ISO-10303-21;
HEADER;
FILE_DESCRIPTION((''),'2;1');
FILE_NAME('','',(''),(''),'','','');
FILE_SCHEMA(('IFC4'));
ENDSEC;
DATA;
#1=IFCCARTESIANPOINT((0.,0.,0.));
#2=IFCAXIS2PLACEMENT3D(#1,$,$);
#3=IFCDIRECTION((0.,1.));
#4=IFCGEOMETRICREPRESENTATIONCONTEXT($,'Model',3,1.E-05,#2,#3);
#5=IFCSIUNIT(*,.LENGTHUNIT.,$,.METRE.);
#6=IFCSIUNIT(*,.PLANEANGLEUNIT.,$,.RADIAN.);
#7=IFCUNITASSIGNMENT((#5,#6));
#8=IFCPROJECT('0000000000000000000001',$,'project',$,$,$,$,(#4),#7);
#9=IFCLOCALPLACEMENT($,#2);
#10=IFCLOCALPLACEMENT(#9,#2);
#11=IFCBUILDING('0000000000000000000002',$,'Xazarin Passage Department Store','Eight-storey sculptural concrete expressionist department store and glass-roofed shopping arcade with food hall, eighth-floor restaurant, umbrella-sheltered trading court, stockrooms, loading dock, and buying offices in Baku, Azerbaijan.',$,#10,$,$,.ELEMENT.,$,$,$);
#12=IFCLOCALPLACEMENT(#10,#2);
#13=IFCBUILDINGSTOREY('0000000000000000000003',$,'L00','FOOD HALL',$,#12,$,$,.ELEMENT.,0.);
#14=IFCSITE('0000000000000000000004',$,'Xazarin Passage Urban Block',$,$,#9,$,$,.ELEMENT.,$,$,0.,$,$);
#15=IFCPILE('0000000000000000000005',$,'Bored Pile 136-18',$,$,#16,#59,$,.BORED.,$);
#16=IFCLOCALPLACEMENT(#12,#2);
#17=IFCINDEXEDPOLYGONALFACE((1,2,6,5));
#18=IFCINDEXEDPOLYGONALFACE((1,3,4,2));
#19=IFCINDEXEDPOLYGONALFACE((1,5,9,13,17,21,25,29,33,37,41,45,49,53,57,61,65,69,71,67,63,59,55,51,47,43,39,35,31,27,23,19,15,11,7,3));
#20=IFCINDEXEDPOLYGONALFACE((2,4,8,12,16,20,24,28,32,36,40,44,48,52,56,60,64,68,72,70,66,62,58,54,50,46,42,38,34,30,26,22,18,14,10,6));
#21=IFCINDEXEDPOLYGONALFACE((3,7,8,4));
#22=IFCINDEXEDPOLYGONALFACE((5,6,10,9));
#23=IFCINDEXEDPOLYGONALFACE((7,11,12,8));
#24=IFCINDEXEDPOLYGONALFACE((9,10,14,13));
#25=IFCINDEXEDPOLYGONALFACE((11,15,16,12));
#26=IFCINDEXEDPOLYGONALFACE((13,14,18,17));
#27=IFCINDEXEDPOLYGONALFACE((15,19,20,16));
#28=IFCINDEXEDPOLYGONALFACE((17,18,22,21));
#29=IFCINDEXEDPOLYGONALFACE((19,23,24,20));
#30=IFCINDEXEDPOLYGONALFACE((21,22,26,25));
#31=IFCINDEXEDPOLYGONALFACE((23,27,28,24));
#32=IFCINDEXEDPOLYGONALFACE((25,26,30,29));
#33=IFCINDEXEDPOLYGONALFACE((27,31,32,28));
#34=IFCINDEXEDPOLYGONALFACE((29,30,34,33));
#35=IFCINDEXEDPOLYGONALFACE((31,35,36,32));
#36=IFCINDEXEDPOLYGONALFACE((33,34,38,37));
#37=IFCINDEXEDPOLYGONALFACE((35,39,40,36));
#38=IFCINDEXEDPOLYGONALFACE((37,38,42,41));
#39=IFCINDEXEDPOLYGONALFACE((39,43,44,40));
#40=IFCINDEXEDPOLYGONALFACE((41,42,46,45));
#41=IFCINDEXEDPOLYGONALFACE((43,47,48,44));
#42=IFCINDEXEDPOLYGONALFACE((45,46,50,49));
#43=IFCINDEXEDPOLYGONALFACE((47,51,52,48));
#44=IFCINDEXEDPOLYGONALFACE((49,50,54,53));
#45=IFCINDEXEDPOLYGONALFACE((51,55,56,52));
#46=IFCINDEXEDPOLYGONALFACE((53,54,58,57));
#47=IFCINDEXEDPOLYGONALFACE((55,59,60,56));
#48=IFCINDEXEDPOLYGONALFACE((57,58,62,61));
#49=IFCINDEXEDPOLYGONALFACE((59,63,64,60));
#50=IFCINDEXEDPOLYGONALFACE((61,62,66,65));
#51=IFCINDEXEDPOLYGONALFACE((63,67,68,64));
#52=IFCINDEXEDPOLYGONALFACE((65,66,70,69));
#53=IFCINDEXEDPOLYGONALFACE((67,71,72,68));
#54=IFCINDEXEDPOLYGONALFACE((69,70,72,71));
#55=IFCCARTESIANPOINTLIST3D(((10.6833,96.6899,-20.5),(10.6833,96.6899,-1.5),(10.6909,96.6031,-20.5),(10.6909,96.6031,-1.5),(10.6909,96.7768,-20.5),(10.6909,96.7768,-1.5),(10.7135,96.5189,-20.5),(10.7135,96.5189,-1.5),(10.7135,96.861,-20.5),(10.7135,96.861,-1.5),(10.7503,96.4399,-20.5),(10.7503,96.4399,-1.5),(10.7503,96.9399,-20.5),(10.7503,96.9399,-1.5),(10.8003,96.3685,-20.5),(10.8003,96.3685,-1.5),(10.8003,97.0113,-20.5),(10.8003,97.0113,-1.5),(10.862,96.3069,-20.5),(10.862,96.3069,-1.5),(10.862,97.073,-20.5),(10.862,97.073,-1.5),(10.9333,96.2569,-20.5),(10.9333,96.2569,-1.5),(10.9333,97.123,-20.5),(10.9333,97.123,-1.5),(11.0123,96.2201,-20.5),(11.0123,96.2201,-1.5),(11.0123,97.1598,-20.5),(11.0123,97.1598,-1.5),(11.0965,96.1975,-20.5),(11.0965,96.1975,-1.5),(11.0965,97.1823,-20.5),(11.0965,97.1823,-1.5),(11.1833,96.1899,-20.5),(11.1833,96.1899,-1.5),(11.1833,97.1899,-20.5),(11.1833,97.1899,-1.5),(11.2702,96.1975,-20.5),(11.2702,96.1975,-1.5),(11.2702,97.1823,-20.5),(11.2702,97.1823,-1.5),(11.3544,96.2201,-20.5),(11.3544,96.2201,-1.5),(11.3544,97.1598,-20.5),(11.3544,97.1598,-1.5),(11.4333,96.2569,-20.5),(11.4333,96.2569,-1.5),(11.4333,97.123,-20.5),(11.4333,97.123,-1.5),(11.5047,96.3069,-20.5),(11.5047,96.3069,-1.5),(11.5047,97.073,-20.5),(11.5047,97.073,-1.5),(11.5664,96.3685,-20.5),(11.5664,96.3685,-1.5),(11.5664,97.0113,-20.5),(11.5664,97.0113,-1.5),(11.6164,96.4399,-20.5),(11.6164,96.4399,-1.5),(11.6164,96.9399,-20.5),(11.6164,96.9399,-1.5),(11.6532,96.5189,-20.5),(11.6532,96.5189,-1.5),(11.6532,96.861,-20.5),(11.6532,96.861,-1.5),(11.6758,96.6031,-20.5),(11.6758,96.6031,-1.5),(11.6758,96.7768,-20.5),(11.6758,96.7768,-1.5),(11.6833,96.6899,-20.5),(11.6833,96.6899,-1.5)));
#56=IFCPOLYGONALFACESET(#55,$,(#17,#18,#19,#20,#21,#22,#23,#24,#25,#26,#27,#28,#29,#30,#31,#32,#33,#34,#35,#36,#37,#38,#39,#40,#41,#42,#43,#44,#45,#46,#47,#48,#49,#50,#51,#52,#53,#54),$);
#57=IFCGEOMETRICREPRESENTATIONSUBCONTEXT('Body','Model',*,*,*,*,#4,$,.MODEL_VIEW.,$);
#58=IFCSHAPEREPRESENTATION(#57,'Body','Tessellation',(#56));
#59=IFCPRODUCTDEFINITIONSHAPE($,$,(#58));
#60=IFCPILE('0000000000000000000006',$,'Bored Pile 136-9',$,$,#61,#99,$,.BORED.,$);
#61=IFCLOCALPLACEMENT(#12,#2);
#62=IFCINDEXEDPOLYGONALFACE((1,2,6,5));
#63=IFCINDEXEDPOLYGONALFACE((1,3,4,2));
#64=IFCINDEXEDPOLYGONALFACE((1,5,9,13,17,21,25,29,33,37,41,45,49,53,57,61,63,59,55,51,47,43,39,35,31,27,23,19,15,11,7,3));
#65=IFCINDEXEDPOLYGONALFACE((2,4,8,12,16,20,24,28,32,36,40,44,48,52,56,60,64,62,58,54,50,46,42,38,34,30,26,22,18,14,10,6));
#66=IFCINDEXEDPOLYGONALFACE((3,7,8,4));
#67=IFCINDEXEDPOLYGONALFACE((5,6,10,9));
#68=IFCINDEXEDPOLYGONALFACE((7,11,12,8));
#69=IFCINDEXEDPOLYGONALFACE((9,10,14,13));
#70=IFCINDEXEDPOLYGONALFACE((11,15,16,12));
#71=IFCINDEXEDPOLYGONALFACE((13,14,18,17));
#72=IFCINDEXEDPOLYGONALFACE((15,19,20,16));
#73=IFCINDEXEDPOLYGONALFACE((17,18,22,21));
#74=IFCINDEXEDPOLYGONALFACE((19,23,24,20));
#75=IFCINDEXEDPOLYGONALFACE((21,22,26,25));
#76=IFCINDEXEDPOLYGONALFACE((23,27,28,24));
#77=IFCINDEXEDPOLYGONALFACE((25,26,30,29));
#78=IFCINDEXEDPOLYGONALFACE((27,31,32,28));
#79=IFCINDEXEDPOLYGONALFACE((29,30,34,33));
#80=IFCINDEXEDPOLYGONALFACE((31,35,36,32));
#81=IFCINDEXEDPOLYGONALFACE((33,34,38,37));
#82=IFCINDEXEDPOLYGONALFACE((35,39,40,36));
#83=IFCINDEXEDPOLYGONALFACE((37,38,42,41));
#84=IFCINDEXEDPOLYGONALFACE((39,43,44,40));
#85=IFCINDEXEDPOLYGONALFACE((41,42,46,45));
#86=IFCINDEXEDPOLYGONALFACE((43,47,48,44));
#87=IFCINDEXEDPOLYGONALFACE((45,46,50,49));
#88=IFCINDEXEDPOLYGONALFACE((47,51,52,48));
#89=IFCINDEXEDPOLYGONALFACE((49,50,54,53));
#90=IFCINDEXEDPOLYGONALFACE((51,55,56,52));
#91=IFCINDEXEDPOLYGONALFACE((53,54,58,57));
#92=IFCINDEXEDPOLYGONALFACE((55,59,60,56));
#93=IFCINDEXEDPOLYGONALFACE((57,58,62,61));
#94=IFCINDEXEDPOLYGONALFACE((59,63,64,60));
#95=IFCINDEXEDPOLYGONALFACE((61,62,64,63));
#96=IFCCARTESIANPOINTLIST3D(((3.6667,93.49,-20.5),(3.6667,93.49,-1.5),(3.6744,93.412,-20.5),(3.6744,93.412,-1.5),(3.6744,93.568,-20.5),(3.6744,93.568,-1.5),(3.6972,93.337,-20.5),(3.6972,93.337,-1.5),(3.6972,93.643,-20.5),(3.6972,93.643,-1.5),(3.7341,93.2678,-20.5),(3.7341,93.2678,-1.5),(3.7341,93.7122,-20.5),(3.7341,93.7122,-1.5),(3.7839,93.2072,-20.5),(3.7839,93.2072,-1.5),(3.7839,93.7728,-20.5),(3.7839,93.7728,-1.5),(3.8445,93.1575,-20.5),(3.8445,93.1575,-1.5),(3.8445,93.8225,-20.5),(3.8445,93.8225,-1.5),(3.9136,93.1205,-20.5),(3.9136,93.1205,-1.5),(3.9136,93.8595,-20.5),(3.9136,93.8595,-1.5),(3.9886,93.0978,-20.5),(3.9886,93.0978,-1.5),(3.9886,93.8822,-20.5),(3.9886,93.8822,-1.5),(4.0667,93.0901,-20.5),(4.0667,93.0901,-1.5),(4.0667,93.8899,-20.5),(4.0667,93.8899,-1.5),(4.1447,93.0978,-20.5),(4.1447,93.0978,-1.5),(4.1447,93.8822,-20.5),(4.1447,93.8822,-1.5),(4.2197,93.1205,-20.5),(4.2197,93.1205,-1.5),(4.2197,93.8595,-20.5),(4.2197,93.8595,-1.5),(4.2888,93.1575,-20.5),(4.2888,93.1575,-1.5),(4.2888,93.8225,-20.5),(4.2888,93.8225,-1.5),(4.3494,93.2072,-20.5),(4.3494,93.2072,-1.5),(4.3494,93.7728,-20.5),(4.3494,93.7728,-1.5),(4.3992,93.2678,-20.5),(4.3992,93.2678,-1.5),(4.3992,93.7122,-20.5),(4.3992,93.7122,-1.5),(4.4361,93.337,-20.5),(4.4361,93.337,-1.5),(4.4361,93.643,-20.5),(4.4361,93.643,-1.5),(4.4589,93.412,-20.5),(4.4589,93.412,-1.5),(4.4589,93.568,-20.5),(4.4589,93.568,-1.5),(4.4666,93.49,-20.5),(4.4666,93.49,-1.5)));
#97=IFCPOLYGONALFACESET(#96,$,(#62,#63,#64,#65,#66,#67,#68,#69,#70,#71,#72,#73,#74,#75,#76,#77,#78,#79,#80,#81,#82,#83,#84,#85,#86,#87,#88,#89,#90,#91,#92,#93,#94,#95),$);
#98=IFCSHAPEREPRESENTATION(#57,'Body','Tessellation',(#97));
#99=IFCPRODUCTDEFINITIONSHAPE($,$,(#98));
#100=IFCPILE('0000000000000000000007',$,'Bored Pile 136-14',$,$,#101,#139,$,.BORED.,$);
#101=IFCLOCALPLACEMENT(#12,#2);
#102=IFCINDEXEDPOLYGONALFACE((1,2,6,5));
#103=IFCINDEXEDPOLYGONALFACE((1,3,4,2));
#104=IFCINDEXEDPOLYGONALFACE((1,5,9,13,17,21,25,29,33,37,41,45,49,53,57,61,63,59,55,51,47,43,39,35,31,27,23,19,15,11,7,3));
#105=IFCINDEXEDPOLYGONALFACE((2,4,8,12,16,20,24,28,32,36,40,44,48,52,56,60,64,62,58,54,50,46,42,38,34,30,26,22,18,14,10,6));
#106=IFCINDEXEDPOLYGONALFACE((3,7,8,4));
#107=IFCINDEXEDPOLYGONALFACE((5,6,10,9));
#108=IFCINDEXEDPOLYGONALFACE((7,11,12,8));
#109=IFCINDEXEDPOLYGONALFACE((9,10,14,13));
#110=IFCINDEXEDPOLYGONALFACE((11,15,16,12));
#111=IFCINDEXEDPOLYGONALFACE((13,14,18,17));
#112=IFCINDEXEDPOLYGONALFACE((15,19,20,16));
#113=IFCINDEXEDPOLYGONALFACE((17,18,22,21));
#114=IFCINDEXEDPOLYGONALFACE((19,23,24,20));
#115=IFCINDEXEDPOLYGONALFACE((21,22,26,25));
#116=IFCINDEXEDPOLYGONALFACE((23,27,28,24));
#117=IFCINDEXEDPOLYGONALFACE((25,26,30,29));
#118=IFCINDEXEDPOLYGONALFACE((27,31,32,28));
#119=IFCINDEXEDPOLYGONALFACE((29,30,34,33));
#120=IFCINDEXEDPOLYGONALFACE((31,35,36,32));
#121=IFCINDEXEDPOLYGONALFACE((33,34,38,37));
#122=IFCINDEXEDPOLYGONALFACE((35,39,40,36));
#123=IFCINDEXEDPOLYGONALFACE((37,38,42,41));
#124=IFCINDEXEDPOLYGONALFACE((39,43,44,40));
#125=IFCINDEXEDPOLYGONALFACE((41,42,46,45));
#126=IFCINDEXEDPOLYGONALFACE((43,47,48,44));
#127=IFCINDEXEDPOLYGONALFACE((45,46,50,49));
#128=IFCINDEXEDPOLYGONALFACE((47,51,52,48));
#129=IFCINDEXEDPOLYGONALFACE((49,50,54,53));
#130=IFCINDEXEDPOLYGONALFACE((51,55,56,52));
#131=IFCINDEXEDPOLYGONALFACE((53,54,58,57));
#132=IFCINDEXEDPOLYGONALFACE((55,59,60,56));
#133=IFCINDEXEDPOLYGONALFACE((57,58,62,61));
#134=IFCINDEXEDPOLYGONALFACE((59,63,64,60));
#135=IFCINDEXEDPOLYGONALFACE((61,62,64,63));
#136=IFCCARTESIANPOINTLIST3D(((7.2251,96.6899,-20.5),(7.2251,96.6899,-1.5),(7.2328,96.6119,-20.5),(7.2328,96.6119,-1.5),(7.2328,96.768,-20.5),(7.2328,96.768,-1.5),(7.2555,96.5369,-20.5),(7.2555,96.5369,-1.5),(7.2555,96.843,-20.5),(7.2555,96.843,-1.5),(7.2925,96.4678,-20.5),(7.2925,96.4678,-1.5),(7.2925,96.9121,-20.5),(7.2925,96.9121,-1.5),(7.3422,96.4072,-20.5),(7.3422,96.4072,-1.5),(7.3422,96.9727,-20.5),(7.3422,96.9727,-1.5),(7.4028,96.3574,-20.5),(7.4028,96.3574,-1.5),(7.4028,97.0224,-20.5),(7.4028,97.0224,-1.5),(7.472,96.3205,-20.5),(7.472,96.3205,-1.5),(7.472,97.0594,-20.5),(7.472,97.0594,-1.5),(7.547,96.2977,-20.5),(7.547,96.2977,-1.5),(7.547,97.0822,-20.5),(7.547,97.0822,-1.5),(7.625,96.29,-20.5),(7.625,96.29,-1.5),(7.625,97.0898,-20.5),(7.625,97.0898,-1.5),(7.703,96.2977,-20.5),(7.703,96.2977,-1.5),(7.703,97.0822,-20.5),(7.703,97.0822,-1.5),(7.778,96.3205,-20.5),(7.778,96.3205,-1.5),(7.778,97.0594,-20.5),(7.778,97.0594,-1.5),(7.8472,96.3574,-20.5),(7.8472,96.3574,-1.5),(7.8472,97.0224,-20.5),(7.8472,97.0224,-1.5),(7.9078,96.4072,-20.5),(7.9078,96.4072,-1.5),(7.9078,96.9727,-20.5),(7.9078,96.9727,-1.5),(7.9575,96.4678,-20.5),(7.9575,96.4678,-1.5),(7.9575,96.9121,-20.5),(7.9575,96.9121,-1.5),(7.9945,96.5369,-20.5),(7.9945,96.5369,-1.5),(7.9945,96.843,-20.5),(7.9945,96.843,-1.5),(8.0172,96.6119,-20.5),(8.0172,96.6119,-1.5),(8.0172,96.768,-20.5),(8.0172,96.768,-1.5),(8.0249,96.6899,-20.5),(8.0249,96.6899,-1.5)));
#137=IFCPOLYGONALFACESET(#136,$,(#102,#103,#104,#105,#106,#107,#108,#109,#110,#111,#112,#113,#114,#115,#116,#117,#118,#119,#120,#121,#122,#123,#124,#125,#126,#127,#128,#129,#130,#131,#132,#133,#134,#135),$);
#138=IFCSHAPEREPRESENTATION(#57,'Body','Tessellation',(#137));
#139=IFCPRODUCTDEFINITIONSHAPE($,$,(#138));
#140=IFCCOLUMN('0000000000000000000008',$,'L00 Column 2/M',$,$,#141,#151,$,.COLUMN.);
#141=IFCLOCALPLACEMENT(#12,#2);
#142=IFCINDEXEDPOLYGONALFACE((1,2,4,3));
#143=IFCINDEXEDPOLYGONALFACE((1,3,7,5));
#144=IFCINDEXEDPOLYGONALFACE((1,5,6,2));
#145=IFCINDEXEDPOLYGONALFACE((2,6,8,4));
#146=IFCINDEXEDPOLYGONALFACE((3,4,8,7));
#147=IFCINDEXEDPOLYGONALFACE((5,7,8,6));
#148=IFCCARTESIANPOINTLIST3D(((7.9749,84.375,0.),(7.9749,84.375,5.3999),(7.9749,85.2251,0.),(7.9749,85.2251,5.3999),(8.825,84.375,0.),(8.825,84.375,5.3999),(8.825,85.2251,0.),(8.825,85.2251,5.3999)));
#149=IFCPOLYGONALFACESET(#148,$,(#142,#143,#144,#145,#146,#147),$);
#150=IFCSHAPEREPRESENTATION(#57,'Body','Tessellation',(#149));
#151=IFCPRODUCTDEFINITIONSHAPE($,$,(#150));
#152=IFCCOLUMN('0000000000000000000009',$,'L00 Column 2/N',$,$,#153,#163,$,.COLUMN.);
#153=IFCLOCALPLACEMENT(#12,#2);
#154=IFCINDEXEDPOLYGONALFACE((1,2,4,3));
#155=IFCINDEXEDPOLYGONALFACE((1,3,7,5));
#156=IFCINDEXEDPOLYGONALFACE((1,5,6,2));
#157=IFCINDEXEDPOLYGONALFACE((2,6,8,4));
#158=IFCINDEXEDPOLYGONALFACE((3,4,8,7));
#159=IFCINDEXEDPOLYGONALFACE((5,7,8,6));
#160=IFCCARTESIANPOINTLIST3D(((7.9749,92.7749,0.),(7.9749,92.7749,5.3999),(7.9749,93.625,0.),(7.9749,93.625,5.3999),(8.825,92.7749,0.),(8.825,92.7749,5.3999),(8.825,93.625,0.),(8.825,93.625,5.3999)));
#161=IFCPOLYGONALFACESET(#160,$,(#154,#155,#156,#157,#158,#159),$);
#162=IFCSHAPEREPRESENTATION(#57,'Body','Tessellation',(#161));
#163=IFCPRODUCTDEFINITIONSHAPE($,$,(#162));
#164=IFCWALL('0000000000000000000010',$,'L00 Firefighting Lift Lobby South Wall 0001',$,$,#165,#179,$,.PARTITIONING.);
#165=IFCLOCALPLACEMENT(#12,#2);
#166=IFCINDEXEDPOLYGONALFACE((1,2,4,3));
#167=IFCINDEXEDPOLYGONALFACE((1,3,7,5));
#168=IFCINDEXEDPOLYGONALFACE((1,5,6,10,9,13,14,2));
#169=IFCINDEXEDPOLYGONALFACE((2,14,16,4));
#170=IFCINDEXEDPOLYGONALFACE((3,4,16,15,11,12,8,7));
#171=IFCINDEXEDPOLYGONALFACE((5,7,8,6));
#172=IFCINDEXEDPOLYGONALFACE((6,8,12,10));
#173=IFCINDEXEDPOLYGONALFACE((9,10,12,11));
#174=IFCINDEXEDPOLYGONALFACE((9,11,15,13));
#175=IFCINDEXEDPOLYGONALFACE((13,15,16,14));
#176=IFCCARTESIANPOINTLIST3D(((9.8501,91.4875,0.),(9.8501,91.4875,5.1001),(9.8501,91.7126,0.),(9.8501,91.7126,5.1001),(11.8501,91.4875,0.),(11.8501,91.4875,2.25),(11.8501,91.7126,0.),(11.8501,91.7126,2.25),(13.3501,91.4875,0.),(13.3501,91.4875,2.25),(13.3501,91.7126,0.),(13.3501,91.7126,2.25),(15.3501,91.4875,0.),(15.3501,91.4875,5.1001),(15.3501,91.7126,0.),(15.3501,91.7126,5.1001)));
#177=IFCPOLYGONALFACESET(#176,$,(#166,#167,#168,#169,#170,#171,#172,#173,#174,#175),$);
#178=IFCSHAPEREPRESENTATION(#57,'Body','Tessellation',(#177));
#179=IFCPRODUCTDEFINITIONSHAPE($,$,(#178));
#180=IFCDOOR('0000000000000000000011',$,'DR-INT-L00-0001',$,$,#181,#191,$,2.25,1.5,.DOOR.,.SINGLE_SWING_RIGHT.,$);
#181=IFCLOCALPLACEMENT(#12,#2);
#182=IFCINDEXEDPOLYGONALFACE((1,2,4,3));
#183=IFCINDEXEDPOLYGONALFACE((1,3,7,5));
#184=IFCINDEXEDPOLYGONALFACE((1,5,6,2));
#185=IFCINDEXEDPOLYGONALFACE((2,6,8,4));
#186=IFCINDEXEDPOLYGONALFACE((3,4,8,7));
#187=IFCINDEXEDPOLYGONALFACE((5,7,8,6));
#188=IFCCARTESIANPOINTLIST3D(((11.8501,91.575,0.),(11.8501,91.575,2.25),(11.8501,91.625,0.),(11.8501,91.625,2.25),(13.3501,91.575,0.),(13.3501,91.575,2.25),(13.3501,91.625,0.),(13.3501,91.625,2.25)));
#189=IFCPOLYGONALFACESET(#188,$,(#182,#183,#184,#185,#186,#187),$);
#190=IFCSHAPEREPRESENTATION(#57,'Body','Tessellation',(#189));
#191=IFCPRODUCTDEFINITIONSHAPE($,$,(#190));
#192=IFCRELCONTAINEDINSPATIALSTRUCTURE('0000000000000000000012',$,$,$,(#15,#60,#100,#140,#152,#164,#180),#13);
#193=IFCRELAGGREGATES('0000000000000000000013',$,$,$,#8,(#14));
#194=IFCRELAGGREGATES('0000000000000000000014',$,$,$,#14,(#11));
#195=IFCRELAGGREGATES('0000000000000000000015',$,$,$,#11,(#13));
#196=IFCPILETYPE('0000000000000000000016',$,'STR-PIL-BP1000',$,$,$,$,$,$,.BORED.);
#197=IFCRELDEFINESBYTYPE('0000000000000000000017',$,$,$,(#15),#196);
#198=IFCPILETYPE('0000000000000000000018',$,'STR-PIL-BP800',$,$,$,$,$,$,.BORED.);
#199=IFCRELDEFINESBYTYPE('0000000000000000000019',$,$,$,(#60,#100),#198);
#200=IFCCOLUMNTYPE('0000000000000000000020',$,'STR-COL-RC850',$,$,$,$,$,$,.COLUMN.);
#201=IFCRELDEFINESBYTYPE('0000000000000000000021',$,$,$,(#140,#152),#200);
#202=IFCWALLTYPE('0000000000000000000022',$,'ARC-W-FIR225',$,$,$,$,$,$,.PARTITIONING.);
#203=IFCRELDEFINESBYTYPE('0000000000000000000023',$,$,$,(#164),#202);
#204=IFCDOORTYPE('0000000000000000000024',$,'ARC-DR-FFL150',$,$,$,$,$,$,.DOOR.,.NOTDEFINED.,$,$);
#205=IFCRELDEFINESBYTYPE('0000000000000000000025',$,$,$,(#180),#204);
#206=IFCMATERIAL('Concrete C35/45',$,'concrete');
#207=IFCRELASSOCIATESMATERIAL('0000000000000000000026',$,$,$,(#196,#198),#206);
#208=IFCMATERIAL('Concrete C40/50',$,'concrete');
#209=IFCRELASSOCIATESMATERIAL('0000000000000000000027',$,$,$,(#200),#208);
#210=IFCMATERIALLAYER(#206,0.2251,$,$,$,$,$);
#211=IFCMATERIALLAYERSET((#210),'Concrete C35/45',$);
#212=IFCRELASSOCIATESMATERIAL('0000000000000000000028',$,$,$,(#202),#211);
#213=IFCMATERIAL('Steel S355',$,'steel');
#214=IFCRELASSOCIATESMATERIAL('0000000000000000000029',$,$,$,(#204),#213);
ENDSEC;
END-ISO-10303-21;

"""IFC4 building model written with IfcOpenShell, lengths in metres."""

from ifc_helpers import new_model, si_unit, direction, frame, frame_2d, origin, origin_2d, place, context, subcontext, project, spatial, rectangle, circle, extrude, material, layer, layer_set, material_profile, profile_set, type_object, element, fill, save


model = new_model("IFC4")

# Units and contexts
model_context = context("Model", 3, precision=1e-05, world=origin(), true_north=direction((0.0, 1.0)))
body_context = subcontext(model_context, "Body", "Model", "MODEL_VIEW")
ifc_project = project(units=[si_unit("LENGTHUNIT", "METRE"), si_unit("PLANEANGLEUNIT", "RADIAN")], contexts=[model_context])

# Site, building, storey
site_placement = place(None, origin())
site = spatial("IfcSite", under=ifc_project, at=site_placement, Name="Xazarin Passage Urban Block", CompositionType="ELEMENT", RefElevation=0.0)
building_placement = place(site_placement, origin())
building = spatial("IfcBuilding", under=site, at=building_placement, Name="Xazarin Passage Department Store", Description="Eight-storey sculptural concrete expressionist department store and glass-roofed shopping arcade with food hall, eighth-floor restaurant, umbrella-sheltered trading court, stockrooms, loading dock, and buying offices in Baku, Azerbaijan.", CompositionType="ELEMENT")
storey_placement = place(building_placement, origin())
storey = spatial("IfcBuildingStorey", under=building, at=storey_placement, Name="L00", Description="FOOD HALL", CompositionType="ELEMENT", Elevation=0.0)

# Shared definitions
ifc_material_1 = material(Name="Concrete C35/45", Category="concrete")

# Piles
ifc_material_profile_1 = material_profile(ifc_material_1, circle(Radius=0.5, at=origin_2d()), Name="BP 1000")
ifc_profile_set_1 = profile_set([ifc_material_profile_1], Name="Concrete C35/45")
pile_type_1 = type_object("IfcPileType", Name="STR-PIL-BP1000", PredefinedType="BORED", material=ifc_profile_set_1)
for number, where, z_axis, x_axis, name in (
    (1, (11.1833, 96.6899, -1.5), (0.0, 0.0, -1.0), (1.0, 0.0, 0.0), "Bored Pile 136-18"),
):
    element("IfcPile", number, at=place(storey_placement, frame(where, z_axis=z_axis, x_axis=x_axis)), inside=storey, type_object=pile_type_1, Name=name, PredefinedType="BORED", context=body_context, shape_type="SweptSolid", body=[
        extrude(circle(Radius=0.5, at=origin_2d()), origin(), (0.0, 0.0, 1.0), 19.0),
    ])
ifc_material_profile_2 = material_profile(ifc_material_1, circle(Radius=0.3999, at=origin_2d()), Name="BP 800")
ifc_profile_set_2 = profile_set([ifc_material_profile_2], Name="Concrete C35/45")
pile_type_2 = type_object("IfcPileType", Name="STR-PIL-BP800", PredefinedType="BORED", material=ifc_profile_set_2)
for number, where, z_axis, x_axis, name in (
    (2, (4.0667, 93.49, -1.5), (0.0, 0.0, -1.0), (1.0, 0.0, 0.0), "Bored Pile 136-9"),
    (3, (7.625, 96.6899, -1.5), (0.0, 0.0, -1.0), (1.0, 0.0, 0.0), "Bored Pile 136-14"),
):
    element("IfcPile", number, at=place(storey_placement, frame(where, z_axis=z_axis, x_axis=x_axis)), inside=storey, type_object=pile_type_2, Name=name, PredefinedType="BORED", context=body_context, shape_type="SweptSolid", body=[
        extrude(circle(Radius=0.3999, at=origin_2d()), origin(), (0.0, 0.0, 1.0), 19.0),
    ])

# Columns
ifc_material_2 = material(Name="Concrete C40/50", Category="concrete")
ifc_material_profile_3 = material_profile(ifc_material_2, rectangle(XDim=0.8501, YDim=0.8501, at=origin_2d()), Name="RC 850x850")
ifc_profile_set_3 = profile_set([ifc_material_profile_3], Name="Concrete C40/50")
column_type = type_object("IfcColumnType", Name="STR-COL-RC850", PredefinedType="COLUMN", material=ifc_profile_set_3)
for number, where, z_axis, x_axis, name in (
    (4, (8.3999, 84.8, 0.0), (0.0, 0.0, 1.0), (1.0, 0.0, 0.0), "L00 Column 2/M"),
    (5, (8.3999, 93.2, 0.0), (0.0, 0.0, 1.0), (1.0, 0.0, 0.0), "L00 Column 2/N"),
):
    element("IfcColumn", number, at=place(storey_placement, frame(where, z_axis=z_axis, x_axis=x_axis)), inside=storey, type_object=column_type, Name=name, PredefinedType="COLUMN", context=body_context, shape_type="SweptSolid", body=[
        extrude(rectangle(XDim=0.8501, YDim=0.8501, at=origin_2d()), origin(), (0.0, 0.0, 1.0), 5.3999),
    ])

# Wall, opening, door
ifc_layer_1 = layer(ifc_material_1, 0.2251)
ifc_layer_set_1 = layer_set([ifc_layer_1], Name="Concrete C35/45")
wall_type_1 = type_object("IfcWallType", Name="ARC-W-FIR225", PredefinedType="PARTITIONING", material=ifc_layer_set_1)
wall_1_placement = place(storey_placement, frame((9.8501, 91.6001, 0.0), z_axis=(0.0, 0.0, 1.0), x_axis=(1.0, 0.0, 0.0)))
wall_1 = element("IfcWall", 6, at=wall_1_placement, inside=storey, type_object=wall_type_1, Name="L00 Firefighting Lift Lobby South Wall 0001", PredefinedType="PARTITIONING", context=body_context, shape_type="SweptSolid", body=[
    extrude(rectangle(XDim=5.5, YDim=0.2251, at=frame_2d((2.75, 0.0))), origin(), (0.0, 0.0, 1.0), 5.1001),
])
opening_1_placement = place(wall_1_placement, frame((2.0, 0.0, 0.0)))
opening_1 = element("IfcOpeningElement", 7, at=opening_1_placement, cuts=wall_1, PredefinedType="OPENING", context=body_context, shape_type="SweptSolid", body=[
    extrude(rectangle(XDim=1.5, YDim=2.25, at=frame_2d((0.75, 1.125))), frame((0.0, 0.1226, 0.0), z_axis=(0.0, -1.0, 0.0), x_axis=(1.0, 0.0, 0.0)), (0.0, 0.0, 1.0), 0.2451),
])
ifc_material_3 = material(Name="Steel S355", Category="steel")
door_type_1 = type_object("IfcDoorType", Name="ARC-DR-FFL150", OperationType="NOTDEFINED", PredefinedType="DOOR", material=ifc_material_3)
door_1_placement = place(opening_1_placement, origin())
door_1 = element("IfcDoor", 8, at=door_1_placement, inside=storey, type_object=door_type_1, Name="DR-INT-L00-0001", OperationType="SINGLE_SWING_RIGHT", OverallHeight=2.25, OverallWidth=1.5, PredefinedType="DOOR", context=body_context, shape_type="SweptSolid", body=[
    extrude(rectangle(XDim=1.5, YDim=2.25, at=frame_2d((0.75, 1.125))), frame((0.0, 0.0249, 0.0), z_axis=(0.0, -1.0, 0.0), x_axis=(1.0, 0.0, 0.0)), (0.0, 0.0, 1.0), 0.05),
])
fill(opening_1, door_1)

save(model, "model.ifc")
